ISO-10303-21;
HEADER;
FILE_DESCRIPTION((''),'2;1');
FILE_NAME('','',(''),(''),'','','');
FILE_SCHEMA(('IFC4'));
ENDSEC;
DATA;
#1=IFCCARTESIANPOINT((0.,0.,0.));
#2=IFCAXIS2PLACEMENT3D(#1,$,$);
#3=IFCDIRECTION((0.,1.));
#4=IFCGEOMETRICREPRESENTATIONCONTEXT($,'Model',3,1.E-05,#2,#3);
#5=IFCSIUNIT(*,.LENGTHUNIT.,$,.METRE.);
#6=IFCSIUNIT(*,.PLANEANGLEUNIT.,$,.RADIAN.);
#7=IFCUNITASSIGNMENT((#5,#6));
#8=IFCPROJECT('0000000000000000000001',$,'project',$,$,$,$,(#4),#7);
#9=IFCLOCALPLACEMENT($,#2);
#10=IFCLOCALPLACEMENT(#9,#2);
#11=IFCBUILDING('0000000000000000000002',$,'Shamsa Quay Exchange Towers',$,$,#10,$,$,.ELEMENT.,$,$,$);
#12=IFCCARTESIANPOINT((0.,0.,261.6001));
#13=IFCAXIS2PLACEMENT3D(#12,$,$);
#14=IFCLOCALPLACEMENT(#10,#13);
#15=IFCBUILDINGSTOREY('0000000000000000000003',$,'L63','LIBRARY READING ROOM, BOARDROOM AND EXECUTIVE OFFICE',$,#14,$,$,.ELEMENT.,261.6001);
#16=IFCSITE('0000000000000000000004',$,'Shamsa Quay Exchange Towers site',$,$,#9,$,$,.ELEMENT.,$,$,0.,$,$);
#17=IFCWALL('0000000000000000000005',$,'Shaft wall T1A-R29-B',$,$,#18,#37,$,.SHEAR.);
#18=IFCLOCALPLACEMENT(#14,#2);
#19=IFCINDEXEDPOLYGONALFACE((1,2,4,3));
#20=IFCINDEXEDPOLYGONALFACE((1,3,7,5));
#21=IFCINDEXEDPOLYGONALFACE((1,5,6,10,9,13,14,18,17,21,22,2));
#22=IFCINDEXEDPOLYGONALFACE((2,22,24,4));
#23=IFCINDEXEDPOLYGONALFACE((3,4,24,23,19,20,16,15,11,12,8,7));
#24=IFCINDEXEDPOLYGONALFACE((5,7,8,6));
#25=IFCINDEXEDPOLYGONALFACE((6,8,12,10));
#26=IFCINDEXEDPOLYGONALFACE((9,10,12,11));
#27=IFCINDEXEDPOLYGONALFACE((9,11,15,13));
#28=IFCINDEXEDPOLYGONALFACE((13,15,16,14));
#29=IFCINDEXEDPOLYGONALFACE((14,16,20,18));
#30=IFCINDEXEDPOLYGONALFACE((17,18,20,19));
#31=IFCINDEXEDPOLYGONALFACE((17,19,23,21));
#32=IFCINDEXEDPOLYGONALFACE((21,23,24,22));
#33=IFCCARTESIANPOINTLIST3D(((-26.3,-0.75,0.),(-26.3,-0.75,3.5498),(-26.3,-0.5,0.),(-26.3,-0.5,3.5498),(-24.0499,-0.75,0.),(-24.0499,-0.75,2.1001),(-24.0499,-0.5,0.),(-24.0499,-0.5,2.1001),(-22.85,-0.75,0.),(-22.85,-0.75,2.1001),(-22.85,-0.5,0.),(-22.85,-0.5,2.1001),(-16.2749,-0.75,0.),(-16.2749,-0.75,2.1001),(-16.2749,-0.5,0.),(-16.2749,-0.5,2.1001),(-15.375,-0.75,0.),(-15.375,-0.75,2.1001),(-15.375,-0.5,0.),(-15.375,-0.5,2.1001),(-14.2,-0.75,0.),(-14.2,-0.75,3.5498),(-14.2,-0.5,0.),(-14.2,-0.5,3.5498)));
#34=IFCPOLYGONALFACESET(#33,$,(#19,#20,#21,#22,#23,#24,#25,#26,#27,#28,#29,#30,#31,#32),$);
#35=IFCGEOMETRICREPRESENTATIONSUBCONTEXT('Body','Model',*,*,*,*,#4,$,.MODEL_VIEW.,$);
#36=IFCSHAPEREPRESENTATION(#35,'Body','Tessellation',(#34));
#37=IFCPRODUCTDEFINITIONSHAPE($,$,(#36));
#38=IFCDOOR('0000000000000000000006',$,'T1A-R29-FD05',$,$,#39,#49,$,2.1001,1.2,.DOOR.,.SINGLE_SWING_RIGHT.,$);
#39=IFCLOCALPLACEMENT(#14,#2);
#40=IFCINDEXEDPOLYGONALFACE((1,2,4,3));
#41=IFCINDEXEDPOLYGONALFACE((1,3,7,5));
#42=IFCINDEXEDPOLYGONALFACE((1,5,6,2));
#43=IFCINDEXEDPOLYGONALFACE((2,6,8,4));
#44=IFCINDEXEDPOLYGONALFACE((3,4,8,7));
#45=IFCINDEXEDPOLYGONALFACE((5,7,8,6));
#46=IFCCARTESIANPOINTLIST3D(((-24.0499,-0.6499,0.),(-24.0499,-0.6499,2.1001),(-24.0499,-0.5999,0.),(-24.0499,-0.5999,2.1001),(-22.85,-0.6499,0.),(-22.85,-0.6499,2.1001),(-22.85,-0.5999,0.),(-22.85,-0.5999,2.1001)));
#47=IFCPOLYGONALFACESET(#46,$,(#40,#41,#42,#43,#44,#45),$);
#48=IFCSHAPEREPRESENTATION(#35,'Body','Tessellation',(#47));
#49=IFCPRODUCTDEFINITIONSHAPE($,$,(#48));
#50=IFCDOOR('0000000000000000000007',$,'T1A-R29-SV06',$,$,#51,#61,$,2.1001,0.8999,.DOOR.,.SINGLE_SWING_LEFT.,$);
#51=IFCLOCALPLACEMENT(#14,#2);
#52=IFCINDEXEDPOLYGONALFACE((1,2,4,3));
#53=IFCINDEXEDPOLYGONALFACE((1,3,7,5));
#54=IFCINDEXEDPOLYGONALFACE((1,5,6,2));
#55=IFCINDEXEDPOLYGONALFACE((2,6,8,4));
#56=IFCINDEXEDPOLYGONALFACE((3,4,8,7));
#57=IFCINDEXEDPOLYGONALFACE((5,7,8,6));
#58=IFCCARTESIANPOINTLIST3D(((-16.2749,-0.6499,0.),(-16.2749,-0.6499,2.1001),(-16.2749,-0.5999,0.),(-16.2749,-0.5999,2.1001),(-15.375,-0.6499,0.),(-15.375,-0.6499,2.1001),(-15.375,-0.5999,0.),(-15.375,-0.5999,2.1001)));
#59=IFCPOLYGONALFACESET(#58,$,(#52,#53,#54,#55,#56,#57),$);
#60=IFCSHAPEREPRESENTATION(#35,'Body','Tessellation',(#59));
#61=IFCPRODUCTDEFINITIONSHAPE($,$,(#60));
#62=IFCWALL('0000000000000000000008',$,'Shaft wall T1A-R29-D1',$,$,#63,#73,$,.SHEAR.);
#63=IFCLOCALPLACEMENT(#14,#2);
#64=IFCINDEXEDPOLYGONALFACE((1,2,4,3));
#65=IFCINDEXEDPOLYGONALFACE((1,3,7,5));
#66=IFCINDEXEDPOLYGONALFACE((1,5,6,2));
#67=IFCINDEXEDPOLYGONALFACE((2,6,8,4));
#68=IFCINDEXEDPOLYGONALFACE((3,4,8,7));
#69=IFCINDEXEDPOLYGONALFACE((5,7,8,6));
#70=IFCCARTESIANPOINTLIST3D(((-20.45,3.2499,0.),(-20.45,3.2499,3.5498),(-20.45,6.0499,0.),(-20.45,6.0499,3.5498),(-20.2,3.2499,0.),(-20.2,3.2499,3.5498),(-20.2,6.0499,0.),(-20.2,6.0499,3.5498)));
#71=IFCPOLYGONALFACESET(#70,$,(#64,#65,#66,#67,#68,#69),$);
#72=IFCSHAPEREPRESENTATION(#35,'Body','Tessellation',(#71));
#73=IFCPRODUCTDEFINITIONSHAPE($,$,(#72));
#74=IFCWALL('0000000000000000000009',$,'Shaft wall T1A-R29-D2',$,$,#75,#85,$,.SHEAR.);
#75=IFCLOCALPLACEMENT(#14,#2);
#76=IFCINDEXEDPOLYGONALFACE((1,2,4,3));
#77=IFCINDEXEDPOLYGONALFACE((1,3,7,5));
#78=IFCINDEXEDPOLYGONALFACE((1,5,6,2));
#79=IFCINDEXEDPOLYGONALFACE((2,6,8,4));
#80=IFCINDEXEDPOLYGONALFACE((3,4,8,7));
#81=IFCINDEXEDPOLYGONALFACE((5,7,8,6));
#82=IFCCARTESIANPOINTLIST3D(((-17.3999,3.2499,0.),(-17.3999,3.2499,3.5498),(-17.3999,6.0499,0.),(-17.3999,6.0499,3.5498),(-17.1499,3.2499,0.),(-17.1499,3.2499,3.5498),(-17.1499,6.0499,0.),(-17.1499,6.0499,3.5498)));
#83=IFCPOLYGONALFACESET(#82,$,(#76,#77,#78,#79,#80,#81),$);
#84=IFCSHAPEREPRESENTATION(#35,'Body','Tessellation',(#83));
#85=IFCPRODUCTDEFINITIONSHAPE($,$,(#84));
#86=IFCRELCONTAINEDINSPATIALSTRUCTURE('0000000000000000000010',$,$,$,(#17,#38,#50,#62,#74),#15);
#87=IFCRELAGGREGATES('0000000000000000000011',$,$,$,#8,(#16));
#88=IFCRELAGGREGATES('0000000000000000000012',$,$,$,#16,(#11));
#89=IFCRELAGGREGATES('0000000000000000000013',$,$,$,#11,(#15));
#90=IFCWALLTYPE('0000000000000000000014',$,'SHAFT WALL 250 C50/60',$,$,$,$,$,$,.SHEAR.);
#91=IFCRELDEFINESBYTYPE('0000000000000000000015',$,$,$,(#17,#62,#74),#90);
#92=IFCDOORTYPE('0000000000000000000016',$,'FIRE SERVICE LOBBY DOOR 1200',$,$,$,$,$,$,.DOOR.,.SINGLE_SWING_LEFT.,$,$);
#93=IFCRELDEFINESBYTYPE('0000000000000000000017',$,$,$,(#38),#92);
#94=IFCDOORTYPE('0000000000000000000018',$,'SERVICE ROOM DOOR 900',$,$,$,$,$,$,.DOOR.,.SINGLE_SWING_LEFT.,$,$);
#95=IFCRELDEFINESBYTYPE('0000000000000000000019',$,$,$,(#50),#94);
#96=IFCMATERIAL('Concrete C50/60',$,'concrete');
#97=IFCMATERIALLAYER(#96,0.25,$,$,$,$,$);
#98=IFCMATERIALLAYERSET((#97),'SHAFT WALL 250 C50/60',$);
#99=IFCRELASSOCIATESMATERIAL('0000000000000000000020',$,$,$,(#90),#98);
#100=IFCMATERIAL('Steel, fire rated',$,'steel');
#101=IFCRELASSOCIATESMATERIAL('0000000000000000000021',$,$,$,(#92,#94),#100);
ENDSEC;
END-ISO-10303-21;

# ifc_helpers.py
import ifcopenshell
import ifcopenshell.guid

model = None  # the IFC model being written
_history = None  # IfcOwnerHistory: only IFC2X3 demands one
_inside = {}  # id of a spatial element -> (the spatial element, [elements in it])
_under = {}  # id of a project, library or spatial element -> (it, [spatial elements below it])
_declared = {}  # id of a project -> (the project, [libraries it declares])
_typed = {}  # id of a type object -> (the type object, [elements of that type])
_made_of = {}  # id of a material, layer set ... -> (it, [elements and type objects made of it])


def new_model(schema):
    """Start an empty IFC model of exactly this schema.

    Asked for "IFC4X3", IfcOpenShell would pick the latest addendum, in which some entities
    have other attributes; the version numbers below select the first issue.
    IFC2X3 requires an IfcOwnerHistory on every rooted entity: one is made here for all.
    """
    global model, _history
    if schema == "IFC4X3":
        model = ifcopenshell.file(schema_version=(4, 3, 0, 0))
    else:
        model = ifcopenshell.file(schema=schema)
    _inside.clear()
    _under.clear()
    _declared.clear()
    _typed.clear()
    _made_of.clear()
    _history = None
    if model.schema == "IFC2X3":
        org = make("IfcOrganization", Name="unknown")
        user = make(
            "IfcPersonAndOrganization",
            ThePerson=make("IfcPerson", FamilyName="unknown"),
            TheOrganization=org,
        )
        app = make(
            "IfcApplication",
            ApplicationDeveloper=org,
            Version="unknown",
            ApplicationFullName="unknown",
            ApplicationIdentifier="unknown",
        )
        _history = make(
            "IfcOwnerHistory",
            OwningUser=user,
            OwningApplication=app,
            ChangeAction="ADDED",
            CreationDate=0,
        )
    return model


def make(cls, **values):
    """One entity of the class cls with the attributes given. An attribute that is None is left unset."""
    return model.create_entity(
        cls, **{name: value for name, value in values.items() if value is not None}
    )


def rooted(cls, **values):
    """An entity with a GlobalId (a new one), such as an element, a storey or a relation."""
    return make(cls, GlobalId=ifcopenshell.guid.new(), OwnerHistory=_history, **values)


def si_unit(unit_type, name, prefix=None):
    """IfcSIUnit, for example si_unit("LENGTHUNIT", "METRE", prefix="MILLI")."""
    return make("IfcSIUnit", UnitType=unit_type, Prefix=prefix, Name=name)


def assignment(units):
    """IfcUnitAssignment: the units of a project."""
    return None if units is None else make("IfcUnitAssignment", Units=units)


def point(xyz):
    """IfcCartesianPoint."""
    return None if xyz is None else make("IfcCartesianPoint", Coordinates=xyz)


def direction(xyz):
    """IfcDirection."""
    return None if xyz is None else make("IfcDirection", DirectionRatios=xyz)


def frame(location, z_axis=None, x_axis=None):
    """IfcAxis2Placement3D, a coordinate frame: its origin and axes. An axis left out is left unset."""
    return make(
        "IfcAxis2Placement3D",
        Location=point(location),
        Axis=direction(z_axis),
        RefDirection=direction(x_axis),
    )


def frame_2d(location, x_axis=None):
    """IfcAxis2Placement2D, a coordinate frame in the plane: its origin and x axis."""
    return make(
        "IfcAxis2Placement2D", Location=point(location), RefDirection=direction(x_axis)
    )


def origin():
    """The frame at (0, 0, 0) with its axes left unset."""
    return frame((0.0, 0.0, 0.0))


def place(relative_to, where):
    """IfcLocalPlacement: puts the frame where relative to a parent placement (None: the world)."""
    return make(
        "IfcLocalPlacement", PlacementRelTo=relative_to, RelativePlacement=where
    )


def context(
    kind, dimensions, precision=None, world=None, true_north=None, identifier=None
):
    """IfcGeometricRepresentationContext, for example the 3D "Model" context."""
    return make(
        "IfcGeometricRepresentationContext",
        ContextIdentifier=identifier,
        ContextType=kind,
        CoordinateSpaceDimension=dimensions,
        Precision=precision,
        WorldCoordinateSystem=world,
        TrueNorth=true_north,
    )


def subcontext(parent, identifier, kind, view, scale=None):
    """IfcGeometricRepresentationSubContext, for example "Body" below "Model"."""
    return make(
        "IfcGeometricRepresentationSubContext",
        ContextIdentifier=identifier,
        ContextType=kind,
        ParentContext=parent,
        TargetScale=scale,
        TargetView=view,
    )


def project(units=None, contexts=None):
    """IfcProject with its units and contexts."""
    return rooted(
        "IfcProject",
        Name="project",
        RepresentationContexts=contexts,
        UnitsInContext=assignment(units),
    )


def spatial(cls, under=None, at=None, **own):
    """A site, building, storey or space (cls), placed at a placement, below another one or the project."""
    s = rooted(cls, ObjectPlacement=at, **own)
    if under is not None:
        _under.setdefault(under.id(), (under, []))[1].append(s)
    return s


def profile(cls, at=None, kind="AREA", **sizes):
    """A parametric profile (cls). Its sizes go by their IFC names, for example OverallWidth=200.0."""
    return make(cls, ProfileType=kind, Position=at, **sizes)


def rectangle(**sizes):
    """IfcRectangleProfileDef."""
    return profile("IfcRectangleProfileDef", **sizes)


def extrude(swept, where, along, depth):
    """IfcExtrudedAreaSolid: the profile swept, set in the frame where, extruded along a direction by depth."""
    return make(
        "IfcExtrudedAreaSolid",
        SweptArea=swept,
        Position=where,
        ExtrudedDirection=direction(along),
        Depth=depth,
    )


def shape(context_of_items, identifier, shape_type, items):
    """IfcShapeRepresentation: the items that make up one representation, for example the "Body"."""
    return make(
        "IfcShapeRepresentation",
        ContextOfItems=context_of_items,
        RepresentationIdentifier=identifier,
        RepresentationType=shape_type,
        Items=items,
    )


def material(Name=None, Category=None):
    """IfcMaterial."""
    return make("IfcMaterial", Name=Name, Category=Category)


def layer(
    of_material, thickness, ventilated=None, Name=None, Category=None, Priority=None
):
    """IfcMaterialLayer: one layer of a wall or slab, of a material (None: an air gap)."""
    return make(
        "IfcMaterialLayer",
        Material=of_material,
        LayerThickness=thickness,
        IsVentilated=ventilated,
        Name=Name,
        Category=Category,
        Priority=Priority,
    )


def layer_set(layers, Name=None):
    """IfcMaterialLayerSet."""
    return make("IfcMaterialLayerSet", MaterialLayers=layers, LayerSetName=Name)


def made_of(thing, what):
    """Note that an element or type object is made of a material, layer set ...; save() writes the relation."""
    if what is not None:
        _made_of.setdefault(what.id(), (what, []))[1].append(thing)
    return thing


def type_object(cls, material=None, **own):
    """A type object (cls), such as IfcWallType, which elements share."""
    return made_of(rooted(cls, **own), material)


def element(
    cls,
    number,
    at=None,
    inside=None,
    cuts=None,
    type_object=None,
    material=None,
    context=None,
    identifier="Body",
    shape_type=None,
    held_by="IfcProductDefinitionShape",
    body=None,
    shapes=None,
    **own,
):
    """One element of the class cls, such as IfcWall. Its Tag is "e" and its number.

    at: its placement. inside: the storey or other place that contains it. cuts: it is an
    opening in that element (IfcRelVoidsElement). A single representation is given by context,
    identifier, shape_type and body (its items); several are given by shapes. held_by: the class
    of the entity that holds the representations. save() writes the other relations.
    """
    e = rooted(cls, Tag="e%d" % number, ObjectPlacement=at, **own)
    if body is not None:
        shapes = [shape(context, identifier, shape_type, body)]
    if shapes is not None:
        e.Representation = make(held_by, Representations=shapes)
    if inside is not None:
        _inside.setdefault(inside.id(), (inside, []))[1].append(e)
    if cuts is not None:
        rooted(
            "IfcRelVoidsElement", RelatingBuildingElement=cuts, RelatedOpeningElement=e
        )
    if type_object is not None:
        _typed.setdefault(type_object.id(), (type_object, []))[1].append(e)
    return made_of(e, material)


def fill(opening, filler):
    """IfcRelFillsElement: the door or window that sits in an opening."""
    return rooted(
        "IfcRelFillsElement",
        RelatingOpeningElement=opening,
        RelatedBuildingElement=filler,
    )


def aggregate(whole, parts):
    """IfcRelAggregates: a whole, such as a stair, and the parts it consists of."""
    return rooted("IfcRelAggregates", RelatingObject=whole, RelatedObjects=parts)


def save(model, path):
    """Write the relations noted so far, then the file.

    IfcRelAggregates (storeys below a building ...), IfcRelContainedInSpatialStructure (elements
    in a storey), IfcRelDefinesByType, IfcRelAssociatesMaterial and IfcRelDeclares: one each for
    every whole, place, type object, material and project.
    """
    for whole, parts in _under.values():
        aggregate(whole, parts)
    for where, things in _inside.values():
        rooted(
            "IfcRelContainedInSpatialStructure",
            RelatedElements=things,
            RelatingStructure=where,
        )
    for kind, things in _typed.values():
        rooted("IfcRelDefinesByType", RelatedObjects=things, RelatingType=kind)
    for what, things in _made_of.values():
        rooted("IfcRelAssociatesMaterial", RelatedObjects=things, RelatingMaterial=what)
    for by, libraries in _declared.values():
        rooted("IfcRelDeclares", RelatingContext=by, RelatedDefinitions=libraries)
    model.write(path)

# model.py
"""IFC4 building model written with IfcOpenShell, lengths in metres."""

from ifc_helpers import new_model, si_unit, direction, frame, frame_2d, origin, place, context, subcontext, project, spatial, rectangle, extrude, material, layer, layer_set, type_object, element, fill, save


model = new_model("IFC4")

# Units and contexts
model_context = context("Model", 3, precision=1e-05, world=origin(), true_north=direction((0.0, 1.0)))
body_context = subcontext(model_context, "Body", "Model", "MODEL_VIEW")
ifc_project = project(units=[si_unit("LENGTHUNIT", "METRE"), si_unit("PLANEANGLEUNIT", "RADIAN")], contexts=[model_context])

# Site, building, storey
site_placement = place(None, origin())
site = spatial("IfcSite", under=ifc_project, at=site_placement, Name="Shamsa Quay Exchange Towers site", CompositionType="ELEMENT", RefElevation=0.0)
building_placement = place(site_placement, origin())
building = spatial("IfcBuilding", under=site, at=building_placement, Name="Shamsa Quay Exchange Towers", CompositionType="ELEMENT")
storey_placement = place(building_placement, frame((0.0, 0.0, 261.6001)))
storey = spatial("IfcBuildingStorey", under=building, at=storey_placement, Name="L63", Description="LIBRARY READING ROOM, BOARDROOM AND EXECUTIVE OFFICE", CompositionType="ELEMENT", Elevation=261.6001)

# Wall, openings, doors
ifc_material_1 = material(Name="Steel, fire rated", Category="steel")
ifc_material_2 = material(Name="Concrete C50/60", Category="concrete")
ifc_layer_1 = layer(ifc_material_2, 0.25)
ifc_layer_set_1 = layer_set([ifc_layer_1], Name="SHAFT WALL 250 C50/60")
wall_type_1 = type_object("IfcWallType", Name="SHAFT WALL 250 C50/60", PredefinedType="SHEAR", material=ifc_layer_set_1)
wall_1_placement = place(storey_placement, frame((-14.2, -0.625, 0.0), z_axis=(0.0, 0.0, 1.0), x_axis=(-1.0, 0.0, 0.0)))
wall_1 = element("IfcWall", 1, at=wall_1_placement, inside=storey, type_object=wall_type_1, Name="Shaft wall T1A-R29-B", PredefinedType="SHEAR", context=body_context, shape_type="SweptSolid", body=[
    extrude(rectangle(XDim=12.1001, YDim=0.25, at=frame_2d((6.05, 0.0))), origin(), (0.0, 0.0, 1.0), 3.5498),
])
opening_1_placement = place(wall_1_placement, frame((8.6499, 0.0, 0.0)))
opening_1 = element("IfcOpeningElement", 2, at=opening_1_placement, cuts=wall_1, PredefinedType="OPENING", context=body_context, shape_type="SweptSolid", body=[
    extrude(rectangle(XDim=1.2, YDim=2.1001, at=frame_2d((0.6001, 1.05))), frame((0.0, 0.135, 0.0), z_axis=(0.0, -1.0, 0.0), x_axis=(1.0, 0.0, 0.0)), (0.0, 0.0, 1.0), 0.27),
])
opening_2_placement = place(wall_1_placement, frame((1.175, 0.0, 0.0)))
opening_2 = element("IfcOpeningElement", 3, at=opening_2_placement, cuts=wall_1, PredefinedType="OPENING", context=body_context, shape_type="SweptSolid", body=[
    extrude(rectangle(XDim=0.8999, YDim=2.1001, at=frame_2d((0.45, 1.05))), frame((0.0, 0.135, 0.0), z_axis=(0.0, -1.0, 0.0), x_axis=(1.0, 0.0, 0.0)), (0.0, 0.0, 1.0), 0.27),
])
door_type_1 = type_object("IfcDoorType", Name="FIRE SERVICE LOBBY DOOR 1200", OperationType="SINGLE_SWING_LEFT", PredefinedType="DOOR", material=ifc_material_1)
door_1_placement = place(opening_1_placement, origin())
door_1 = element("IfcDoor", 4, at=door_1_placement, inside=storey, type_object=door_type_1, Name="T1A-R29-FD05", OperationType="SINGLE_SWING_RIGHT", OverallHeight=2.1001, OverallWidth=1.2, PredefinedType="DOOR", context=body_context, shape_type="SweptSolid", body=[
    extrude(rectangle(XDim=1.2, YDim=2.1001, at=frame_2d((0.6001, 1.05))), frame((0.0, 0.0249, 0.0), z_axis=(0.0, -1.0, 0.0), x_axis=(1.0, 0.0, 0.0)), (0.0, 0.0, 1.0), 0.05),
])
fill(opening_1, door_1)
door_type_2 = type_object("IfcDoorType", Name="SERVICE ROOM DOOR 900", OperationType="SINGLE_SWING_LEFT", PredefinedType="DOOR", material=ifc_material_1)
door_2_placement = place(opening_2_placement, origin())
door_2 = element("IfcDoor", 5, at=door_2_placement, inside=storey, type_object=door_type_2, Name="T1A-R29-SV06", OperationType="SINGLE_SWING_LEFT", OverallHeight=2.1001, OverallWidth=0.8999, PredefinedType="DOOR", context=body_context, shape_type="SweptSolid", body=[
    extrude(rectangle(XDim=0.8999, YDim=2.1001, at=frame_2d((0.45, 1.05))), frame((0.0, 0.0249, 0.0), z_axis=(0.0, -1.0, 0.0), x_axis=(1.0, 0.0, 0.0)), (0.0, 0.0, 1.0), 0.05),
])
fill(opening_2, door_2)

# Walls
for number, where, z_axis, x_axis, name in (
    (6, (-20.325, 3.25, 0.0), (0.0, 0.0, 1.0), (0.0, 1.0, 0.0), "Shaft wall T1A-R29-D1"),
    (7, (-17.2749, 3.25, 0.0), (0.0, 0.0, 1.0), (0.0, 1.0, 0.0), "Shaft wall T1A-R29-D2"),
):
    element("IfcWall", number, at=place(storey_placement, frame(where, z_axis=z_axis, x_axis=x_axis)), inside=storey, type_object=wall_type_1, Name=name, PredefinedType="SHEAR", context=body_context, shape_type="SweptSolid", body=[
        extrude(rectangle(XDim=2.8, YDim=0.25, at=frame_2d((1.3999, 0.0))), origin(), (0.0, 0.0, 1.0), 3.5498),
    ])

save(model, "model.ifc")
